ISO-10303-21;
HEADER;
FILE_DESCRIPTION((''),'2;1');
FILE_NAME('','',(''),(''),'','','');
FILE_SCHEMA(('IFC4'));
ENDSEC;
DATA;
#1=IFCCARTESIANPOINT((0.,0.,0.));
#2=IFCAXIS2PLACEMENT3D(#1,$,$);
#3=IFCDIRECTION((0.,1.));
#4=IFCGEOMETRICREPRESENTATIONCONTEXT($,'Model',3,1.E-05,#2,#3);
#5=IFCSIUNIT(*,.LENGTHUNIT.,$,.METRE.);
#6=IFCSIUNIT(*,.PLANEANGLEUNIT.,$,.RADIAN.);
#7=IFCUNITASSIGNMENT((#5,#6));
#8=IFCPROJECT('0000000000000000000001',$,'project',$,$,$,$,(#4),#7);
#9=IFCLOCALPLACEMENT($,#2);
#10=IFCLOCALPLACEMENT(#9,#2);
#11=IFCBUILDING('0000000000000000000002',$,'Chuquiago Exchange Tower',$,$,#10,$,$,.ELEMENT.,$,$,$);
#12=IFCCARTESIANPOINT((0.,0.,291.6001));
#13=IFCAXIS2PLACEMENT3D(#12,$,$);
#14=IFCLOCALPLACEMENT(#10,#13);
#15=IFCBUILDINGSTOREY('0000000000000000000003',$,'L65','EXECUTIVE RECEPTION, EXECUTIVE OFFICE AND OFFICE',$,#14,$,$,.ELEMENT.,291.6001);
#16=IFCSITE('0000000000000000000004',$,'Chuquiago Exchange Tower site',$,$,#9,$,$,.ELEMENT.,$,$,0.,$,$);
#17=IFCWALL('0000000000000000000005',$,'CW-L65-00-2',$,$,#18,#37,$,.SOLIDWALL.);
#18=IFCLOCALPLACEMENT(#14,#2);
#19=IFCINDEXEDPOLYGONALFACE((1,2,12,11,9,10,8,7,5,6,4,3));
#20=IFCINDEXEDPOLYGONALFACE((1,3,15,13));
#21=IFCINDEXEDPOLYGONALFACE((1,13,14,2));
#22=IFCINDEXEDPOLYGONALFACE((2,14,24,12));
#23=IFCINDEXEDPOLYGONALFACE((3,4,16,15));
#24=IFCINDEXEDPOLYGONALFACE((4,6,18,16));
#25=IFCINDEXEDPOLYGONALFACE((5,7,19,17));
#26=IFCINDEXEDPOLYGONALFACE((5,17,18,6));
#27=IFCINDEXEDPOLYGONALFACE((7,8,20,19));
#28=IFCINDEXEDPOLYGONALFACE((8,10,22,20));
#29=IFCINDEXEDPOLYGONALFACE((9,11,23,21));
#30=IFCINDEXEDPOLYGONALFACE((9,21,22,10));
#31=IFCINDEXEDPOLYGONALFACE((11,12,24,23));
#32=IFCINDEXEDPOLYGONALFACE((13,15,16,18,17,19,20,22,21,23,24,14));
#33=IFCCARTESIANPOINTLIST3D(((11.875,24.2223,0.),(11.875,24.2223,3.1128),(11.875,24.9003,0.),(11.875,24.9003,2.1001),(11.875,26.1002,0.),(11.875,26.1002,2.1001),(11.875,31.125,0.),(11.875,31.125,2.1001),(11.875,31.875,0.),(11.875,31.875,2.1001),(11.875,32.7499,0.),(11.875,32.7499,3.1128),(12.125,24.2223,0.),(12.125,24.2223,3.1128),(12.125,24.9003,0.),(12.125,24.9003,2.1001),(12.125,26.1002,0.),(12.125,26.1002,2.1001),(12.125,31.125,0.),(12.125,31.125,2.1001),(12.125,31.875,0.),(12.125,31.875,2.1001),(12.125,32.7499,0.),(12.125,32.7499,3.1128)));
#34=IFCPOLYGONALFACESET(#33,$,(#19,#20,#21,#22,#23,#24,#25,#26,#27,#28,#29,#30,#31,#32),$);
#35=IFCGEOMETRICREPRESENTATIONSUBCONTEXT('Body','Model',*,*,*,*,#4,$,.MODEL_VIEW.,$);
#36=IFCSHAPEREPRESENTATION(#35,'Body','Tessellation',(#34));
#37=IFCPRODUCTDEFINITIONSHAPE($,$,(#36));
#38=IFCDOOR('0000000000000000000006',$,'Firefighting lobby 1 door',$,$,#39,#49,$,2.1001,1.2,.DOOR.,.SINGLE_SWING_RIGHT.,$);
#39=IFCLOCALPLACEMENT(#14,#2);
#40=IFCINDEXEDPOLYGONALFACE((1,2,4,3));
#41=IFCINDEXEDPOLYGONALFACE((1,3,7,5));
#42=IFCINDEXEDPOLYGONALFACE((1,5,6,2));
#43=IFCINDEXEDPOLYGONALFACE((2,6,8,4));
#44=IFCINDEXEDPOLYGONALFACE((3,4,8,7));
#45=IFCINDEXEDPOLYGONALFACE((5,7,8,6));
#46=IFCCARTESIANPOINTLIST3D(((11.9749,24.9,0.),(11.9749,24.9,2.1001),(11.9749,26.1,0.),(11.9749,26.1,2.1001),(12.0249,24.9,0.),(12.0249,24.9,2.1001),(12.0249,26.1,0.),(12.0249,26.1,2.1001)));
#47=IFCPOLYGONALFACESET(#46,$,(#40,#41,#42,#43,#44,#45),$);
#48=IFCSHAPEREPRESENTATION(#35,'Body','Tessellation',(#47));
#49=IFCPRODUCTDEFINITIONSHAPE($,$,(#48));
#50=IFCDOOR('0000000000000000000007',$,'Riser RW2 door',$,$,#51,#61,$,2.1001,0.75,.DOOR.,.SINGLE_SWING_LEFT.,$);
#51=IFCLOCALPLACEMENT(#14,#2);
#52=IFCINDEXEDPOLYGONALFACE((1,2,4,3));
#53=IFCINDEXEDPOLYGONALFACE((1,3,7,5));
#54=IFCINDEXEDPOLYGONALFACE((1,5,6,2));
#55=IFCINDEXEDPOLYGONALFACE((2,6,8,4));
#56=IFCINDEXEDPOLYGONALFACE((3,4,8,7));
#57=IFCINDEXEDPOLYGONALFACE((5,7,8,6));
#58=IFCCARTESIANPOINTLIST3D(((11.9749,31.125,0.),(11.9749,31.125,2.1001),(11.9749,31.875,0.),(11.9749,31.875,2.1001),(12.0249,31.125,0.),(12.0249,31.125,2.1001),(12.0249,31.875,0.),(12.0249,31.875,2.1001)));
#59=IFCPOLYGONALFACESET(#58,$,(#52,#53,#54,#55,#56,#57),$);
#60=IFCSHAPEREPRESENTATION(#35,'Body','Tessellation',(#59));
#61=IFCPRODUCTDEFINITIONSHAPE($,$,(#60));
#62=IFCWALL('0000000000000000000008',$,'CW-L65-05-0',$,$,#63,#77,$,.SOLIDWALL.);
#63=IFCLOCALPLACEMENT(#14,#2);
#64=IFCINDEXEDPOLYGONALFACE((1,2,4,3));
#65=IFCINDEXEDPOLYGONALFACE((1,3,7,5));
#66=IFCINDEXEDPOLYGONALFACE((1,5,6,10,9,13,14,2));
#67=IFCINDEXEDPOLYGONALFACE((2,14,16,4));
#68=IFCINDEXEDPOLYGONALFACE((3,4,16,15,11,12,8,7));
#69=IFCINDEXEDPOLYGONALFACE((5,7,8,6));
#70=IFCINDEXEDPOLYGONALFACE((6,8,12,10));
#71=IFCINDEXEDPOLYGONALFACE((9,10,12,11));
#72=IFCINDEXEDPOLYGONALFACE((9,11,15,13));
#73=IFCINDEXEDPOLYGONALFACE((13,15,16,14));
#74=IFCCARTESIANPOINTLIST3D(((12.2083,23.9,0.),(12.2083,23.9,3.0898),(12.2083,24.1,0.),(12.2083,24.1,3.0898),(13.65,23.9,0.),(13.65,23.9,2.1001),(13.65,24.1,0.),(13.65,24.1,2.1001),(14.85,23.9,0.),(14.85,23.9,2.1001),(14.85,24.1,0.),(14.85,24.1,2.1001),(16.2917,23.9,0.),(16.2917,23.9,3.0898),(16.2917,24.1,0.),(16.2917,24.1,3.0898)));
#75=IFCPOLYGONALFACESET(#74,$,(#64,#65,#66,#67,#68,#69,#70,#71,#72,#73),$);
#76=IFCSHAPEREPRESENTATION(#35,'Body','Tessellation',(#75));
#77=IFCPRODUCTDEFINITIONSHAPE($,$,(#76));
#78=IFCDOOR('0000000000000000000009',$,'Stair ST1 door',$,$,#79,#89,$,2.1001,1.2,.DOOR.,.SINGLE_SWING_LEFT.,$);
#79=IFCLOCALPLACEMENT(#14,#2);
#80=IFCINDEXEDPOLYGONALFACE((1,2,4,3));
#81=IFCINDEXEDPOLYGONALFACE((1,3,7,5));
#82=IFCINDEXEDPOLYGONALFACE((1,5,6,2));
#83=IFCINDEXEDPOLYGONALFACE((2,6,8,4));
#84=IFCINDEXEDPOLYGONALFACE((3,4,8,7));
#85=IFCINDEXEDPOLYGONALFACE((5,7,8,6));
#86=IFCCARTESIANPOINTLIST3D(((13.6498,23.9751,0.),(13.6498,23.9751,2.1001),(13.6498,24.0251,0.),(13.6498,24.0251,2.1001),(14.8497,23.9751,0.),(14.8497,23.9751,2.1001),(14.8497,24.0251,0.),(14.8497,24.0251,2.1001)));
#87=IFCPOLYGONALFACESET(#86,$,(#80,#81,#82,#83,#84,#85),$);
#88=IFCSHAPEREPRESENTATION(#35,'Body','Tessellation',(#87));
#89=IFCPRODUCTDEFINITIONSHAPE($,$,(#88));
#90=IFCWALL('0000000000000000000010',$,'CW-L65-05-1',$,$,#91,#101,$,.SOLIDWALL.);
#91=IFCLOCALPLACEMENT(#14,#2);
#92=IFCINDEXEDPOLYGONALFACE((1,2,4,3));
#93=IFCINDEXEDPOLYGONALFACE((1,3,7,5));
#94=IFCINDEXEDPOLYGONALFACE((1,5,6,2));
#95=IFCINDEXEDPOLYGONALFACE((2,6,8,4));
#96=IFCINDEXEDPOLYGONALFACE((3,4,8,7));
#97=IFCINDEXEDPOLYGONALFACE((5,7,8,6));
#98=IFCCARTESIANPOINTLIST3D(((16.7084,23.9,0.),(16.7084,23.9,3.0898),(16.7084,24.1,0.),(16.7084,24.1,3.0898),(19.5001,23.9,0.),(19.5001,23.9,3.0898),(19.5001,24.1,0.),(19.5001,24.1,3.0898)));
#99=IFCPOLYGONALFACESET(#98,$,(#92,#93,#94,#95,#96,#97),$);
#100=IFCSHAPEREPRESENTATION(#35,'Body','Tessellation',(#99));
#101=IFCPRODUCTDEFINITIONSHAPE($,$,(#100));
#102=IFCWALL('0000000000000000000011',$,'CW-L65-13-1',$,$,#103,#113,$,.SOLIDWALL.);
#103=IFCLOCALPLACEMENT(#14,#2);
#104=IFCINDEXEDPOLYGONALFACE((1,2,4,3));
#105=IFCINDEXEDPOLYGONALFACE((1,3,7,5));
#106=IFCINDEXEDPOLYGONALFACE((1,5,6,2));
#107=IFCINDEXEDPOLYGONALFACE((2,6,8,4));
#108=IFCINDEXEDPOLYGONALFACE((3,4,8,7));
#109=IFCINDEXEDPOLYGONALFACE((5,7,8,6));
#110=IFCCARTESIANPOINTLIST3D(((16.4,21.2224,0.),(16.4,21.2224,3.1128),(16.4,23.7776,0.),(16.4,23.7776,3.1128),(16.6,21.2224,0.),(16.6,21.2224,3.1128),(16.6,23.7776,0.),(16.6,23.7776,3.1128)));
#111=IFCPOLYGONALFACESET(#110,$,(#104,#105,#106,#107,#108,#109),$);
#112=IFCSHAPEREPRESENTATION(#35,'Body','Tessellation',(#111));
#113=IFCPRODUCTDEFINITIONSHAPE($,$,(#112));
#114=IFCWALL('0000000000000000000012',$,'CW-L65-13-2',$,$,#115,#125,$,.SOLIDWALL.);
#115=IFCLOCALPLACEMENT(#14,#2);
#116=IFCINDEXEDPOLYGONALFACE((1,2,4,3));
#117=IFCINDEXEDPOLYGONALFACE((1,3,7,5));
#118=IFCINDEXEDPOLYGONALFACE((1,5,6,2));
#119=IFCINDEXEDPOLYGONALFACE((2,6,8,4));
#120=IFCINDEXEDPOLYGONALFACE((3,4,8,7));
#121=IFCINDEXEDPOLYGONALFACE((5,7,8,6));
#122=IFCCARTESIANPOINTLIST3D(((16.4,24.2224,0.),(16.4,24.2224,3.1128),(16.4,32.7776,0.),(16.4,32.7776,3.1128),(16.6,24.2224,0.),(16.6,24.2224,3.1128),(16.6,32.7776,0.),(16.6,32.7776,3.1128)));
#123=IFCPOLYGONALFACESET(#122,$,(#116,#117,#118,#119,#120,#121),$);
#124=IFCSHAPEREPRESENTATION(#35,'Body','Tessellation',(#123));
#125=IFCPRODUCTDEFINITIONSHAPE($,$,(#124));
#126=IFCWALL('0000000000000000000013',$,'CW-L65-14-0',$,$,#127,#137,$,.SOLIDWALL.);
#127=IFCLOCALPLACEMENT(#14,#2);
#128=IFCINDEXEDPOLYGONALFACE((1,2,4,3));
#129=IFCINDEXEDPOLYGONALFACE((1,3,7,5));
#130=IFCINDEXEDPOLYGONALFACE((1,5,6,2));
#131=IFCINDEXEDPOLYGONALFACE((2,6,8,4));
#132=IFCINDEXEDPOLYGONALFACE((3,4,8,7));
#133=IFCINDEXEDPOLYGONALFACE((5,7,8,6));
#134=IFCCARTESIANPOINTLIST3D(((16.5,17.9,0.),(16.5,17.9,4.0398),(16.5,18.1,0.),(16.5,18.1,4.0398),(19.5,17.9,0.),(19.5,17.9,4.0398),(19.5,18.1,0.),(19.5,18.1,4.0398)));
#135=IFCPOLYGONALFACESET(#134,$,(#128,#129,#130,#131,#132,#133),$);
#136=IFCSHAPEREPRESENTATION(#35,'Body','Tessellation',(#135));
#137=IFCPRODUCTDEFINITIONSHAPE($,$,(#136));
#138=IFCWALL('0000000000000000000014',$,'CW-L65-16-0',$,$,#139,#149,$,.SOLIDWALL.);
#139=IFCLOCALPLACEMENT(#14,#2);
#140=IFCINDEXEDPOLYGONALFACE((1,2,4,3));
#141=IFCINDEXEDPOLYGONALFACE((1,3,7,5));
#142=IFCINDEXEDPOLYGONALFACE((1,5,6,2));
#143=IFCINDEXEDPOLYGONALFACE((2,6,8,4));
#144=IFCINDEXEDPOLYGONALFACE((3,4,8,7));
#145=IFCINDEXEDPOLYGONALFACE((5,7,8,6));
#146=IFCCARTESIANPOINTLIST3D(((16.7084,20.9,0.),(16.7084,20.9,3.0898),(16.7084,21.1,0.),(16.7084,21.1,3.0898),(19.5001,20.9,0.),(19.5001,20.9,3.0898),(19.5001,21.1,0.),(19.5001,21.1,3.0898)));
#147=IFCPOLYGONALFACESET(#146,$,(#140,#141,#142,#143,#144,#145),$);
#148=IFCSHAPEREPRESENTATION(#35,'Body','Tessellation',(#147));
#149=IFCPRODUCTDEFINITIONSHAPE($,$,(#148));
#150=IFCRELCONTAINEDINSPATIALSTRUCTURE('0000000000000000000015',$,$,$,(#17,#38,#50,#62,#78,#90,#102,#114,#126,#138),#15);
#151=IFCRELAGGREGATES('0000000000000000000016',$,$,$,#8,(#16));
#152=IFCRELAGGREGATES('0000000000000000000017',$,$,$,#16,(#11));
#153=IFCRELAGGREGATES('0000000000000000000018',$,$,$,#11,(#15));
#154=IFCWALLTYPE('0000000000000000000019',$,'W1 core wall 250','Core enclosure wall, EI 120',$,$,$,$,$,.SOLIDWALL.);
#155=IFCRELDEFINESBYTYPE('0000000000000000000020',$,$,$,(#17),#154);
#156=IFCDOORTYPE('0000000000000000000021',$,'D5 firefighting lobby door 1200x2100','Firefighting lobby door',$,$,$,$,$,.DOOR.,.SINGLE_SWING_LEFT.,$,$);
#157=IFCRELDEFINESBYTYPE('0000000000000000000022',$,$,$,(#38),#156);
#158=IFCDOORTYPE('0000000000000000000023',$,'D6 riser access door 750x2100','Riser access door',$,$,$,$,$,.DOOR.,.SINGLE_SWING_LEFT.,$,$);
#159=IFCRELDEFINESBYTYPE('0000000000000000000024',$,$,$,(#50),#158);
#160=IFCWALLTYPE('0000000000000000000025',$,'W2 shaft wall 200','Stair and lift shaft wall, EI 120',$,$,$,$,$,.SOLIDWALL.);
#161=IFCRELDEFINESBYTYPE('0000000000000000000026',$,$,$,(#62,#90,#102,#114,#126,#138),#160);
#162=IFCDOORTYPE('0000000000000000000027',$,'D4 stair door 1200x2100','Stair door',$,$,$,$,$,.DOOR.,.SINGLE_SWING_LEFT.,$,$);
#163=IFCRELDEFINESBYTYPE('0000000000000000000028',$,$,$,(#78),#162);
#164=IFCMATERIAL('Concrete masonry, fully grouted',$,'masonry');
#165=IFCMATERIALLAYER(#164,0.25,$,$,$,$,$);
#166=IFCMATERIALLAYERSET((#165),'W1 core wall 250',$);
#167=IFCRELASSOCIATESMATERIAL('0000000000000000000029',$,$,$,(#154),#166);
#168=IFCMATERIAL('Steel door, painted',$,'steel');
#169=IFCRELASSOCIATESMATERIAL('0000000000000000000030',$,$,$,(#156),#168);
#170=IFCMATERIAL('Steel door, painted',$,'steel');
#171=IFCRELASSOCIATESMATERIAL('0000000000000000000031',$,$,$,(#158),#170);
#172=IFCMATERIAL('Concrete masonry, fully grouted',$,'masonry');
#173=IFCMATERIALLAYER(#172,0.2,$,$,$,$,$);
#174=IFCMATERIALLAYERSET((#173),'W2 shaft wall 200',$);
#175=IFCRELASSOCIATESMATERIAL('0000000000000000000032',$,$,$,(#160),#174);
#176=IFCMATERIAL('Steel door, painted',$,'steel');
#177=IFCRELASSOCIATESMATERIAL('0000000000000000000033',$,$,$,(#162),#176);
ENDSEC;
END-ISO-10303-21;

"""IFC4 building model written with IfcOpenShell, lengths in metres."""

from ifc_helpers import new_model, si_unit, direction, frame, frame_2d, origin, place, context, subcontext, project, spatial, rectangle, extrude, material, layer, layer_set, type_object, element, fill, save


model = new_model("IFC4")

# Units and contexts
model_context = context("Model", 3, precision=1e-05, world=origin(), true_north=direction((0.0, 1.0)))
body_context = subcontext(model_context, "Body", "Model", "MODEL_VIEW")
ifc_project = project(units=[si_unit("LENGTHUNIT", "METRE"), si_unit("PLANEANGLEUNIT", "RADIAN")], contexts=[model_context])

# Site, building, storey
site_placement = place(None, origin())
site = spatial("IfcSite", under=ifc_project, at=site_placement, Name="Chuquiago Exchange Tower site", CompositionType="ELEMENT", RefElevation=0.0)
building_placement = place(site_placement, origin())
building = spatial("IfcBuilding", under=site, at=building_placement, Name="Chuquiago Exchange Tower", CompositionType="ELEMENT")
storey_placement = place(building_placement, frame((0.0, 0.0, 291.6001)))
storey = spatial("IfcBuildingStorey", under=building, at=storey_placement, Name="L65", Description="EXECUTIVE RECEPTION, EXECUTIVE OFFICE AND OFFICE", CompositionType="ELEMENT", Elevation=291.6001)

# Wall, openings, doors
ifc_material_1 = material(Name="Concrete masonry, fully grouted", Category="masonry")
ifc_layer_1 = layer(ifc_material_1, 0.25)
ifc_layer_set_1 = layer_set([ifc_layer_1], Name="W1 core wall 250")
wall_type_1 = type_object("IfcWallType", Name="W1 core wall 250", Description="Core enclosure wall, EI 120", PredefinedType="SOLIDWALL", material=ifc_layer_set_1)
wall_1_placement = place(storey_placement, frame((12.0, 24.2224, 0.0), z_axis=(0.0, 0.0, 1.0), x_axis=(0.0, 1.0, 0.0)))
wall_1 = element("IfcWall", 1, at=wall_1_placement, inside=storey, type_object=wall_type_1, Name="CW-L65-00-2", PredefinedType="SOLIDWALL", context=body_context, shape_type="SweptSolid", body=[
    extrude(rectangle(XDim=8.5276, YDim=0.25, at=frame_2d((4.2637, 0.0))), origin(), (0.0, 0.0, 1.0), 3.1128),
])
opening_1_placement = place(wall_1_placement, frame((0.6777, 0.0, 0.0)))
opening_1 = element("IfcOpeningElement", 2, at=opening_1_placement, cuts=wall_1, PredefinedType="OPENING", context=body_context, shape_type="SweptSolid", body=[
    extrude(rectangle(XDim=1.2, YDim=2.1001, at=frame_2d((0.6001, 1.05))), frame((0.0, 0.135, 0.0), z_axis=(0.0, -1.0, 0.0), x_axis=(1.0, 0.0, 0.0)), (0.0, 0.0, 1.0), 0.27),
])
opening_2_placement = place(wall_1_placement, frame((6.9026, 0.0, 0.0)))
opening_2 = element("IfcOpeningElement", 3, at=opening_2_placement, cuts=wall_1, PredefinedType="OPENING", context=body_context, shape_type="SweptSolid", body=[
    extrude(rectangle(XDim=0.75, YDim=2.1001, at=frame_2d((0.375, 1.05))), frame((0.0, 0.135, 0.0), z_axis=(0.0, -1.0, 0.0), x_axis=(1.0, 0.0, 0.0)), (0.0, 0.0, 1.0), 0.27),
])
ifc_material_2 = material(Name="Steel door, painted", Category="steel")
door_type_1 = type_object("IfcDoorType", Name="D5 firefighting lobby door 1200x2100", Description="Firefighting lobby door", OperationType="SINGLE_SWING_LEFT", PredefinedType="DOOR", material=ifc_material_2)
door_1_placement = place(opening_1_placement, frame((1.2, 0.0, 0.0), z_axis=(0.0, 0.0, 1.0), x_axis=(-1.0, 0.0, 0.0)))
door_1 = element("IfcDoor", 4, at=door_1_placement, inside=storey, type_object=door_type_1, Name="Firefighting lobby 1 door", OperationType="SINGLE_SWING_RIGHT", OverallHeight=2.1001, OverallWidth=1.2, PredefinedType="DOOR", context=body_context, shape_type="SweptSolid", body=[
    extrude(rectangle(XDim=1.2, YDim=2.1001, at=frame_2d((0.6001, 1.05))), frame((0.0, 0.0249, 0.0), z_axis=(0.0, -1.0, 0.0), x_axis=(1.0, 0.0, 0.0)), (0.0, 0.0, 1.0), 0.05),
])
fill(opening_1, door_1)
ifc_material_3 = material(Name="Steel door, painted", Category="steel")
door_type_2 = type_object("IfcDoorType", Name="D6 riser access door 750x2100", Description="Riser access door", OperationType="SINGLE_SWING_LEFT", PredefinedType="DOOR", material=ifc_material_3)
door_2_placement = place(opening_2_placement, frame((0.75, 0.0, 0.0), z_axis=(0.0, 0.0, 1.0), x_axis=(-1.0, 0.0, 0.0)))
door_2 = element("IfcDoor", 5, at=door_2_placement, inside=storey, type_object=door_type_2, Name="Riser RW2 door", OperationType="SINGLE_SWING_LEFT", OverallHeight=2.1001, OverallWidth=0.75, PredefinedType="DOOR", context=body_context, shape_type="SweptSolid", body=[
    extrude(rectangle(XDim=0.75, YDim=2.1001, at=frame_2d((0.375, 1.05))), frame((0.0, 0.0249, 0.0), z_axis=(0.0, -1.0, 0.0), x_axis=(1.0, 0.0, 0.0)), (0.0, 0.0, 1.0), 0.05),
])
fill(opening_2, door_2)

# Wall, opening, door
ifc_material_4 = material(Name="Concrete masonry, fully grouted", Category="masonry")
ifc_layer_2 = layer(ifc_material_4, 0.2)
ifc_layer_set_2 = layer_set([ifc_layer_2], Name="W2 shaft wall 200")
wall_type_2 = type_object("IfcWallType", Name="W2 shaft wall 200", Description="Stair and lift shaft wall, EI 120", PredefinedType="SOLIDWALL", material=ifc_layer_set_2)
wall_2_placement = place(storey_placement, frame((12.2083, 24.0, 0.0), z_axis=(0.0, 0.0, 1.0), x_axis=(1.0, 0.0, 0.0)))
wall_2 = element("IfcWall", 6, at=wall_2_placement, inside=storey, type_object=wall_type_2, Name="CW-L65-05-0", PredefinedType="SOLIDWALL", context=body_context, shape_type="SweptSolid", body=[
    extrude(rectangle(XDim=4.0835, YDim=0.2, at=frame_2d((2.0417, 0.0))), origin(), (0.0, 0.0, 1.0), 3.0898),
])
opening_3_placement = place(wall_2_placement, frame((1.4417, 0.0, 0.0)))
opening_3 = element("IfcOpeningElement", 7, at=opening_3_placement, cuts=wall_2, PredefinedType="OPENING", context=body_context, shape_type="SweptSolid", body=[
    extrude(rectangle(XDim=1.2, YDim=2.1001, at=frame_2d((0.6001, 1.05))), frame((0.0, 0.1099, 0.0), z_axis=(0.0, -1.0, 0.0), x_axis=(1.0, 0.0, 0.0)), (0.0, 0.0, 1.0), 0.22),
])
ifc_material_5 = material(Name="Steel door, painted", Category="steel")
door_type_3 = type_object("IfcDoorType", Name="D4 stair door 1200x2100", Description="Stair door", OperationType="SINGLE_SWING_LEFT", PredefinedType="DOOR", material=ifc_material_5)
door_3_placement = place(opening_3_placement, frame((1.2, 0.0, 0.0), z_axis=(0.0, 0.0, 1.0), x_axis=(-1.0, 0.0, 0.0)))
door_3 = element("IfcDoor", 8, at=door_3_placement, inside=storey, type_object=door_type_3, Name="Stair ST1 door", OperationType="SINGLE_SWING_LEFT", OverallHeight=2.1001, OverallWidth=1.2, PredefinedType="DOOR", context=body_context, shape_type="SweptSolid", body=[
    extrude(rectangle(XDim=1.2, YDim=2.1001, at=frame_2d((0.6001, 1.05))), frame((0.0, 0.0249, 0.0), z_axis=(0.0, -1.0, 0.0), x_axis=(1.0, 0.0, 0.0)), (0.0, 0.0, 1.0), 0.05),
])
fill(opening_3, door_3)

# Walls
wall_3_placement = place(storey_placement, frame((16.7083, 24.0, 0.0), z_axis=(0.0, 0.0, 1.0), x_axis=(1.0, 0.0, 0.0)))
element("IfcWall", 9, at=wall_3_placement, inside=storey, type_object=wall_type_2, Name="CW-L65-05-1", PredefinedType="SOLIDWALL", context=body_context, shape_type="SweptSolid", body=[
    extrude(rectangle(XDim=2.7917, YDim=0.2, at=frame_2d((1.396, 0.0))), origin(), (0.0, 0.0, 1.0), 3.0898),
])
wall_4_placement = place(storey_placement, frame((16.5, 21.2224, 0.0), z_axis=(0.0, 0.0, 1.0), x_axis=(0.0, 1.0, 0.0)))
element("IfcWall", 10, at=wall_4_placement, inside=storey, type_object=wall_type_2, Name="CW-L65-13-1", PredefinedType="SOLIDWALL", context=body_context, shape_type="SweptSolid", body=[
    extrude(rectangle(XDim=2.5552, YDim=0.2, at=frame_2d((1.2776, 0.0))), origin(), (0.0, 0.0, 1.0), 3.1128),
])
wall_5_placement = place(storey_placement, frame((16.5, 24.2224, 0.0), z_axis=(0.0, 0.0, 1.0), x_axis=(0.0, 1.0, 0.0)))
element("IfcWall", 11, at=wall_5_placement, inside=storey, type_object=wall_type_2, Name="CW-L65-13-2", PredefinedType="SOLIDWALL", context=body_context, shape_type="SweptSolid", body=[
    extrude(rectangle(XDim=8.5552, YDim=0.2, at=frame_2d((4.2776, 0.0))), origin(), (0.0, 0.0, 1.0), 3.1128),
])
wall_6_placement = place(storey_placement, frame((16.5, 18.0, 0.0), z_axis=(0.0, 0.0, 1.0), x_axis=(1.0, 0.0, 0.0)))
element("IfcWall", 12, at=wall_6_placement, inside=storey, type_object=wall_type_2, Name="CW-L65-14-0", PredefinedType="SOLIDWALL", context=body_context, shape_type="SweptSolid", body=[
    extrude(rectangle(XDim=3.0, YDim=0.2, at=frame_2d((1.5, 0.0))), origin(), (0.0, 0.0, 1.0), 4.0398),
])
wall_7_placement = place(storey_placement, frame((16.7083, 21.0, 0.0), z_axis=(0.0, 0.0, 1.0), x_axis=(1.0, 0.0, 0.0)))
element("IfcWall", 13, at=wall_7_placement, inside=storey, type_object=wall_type_2, Name="CW-L65-16-0", PredefinedType="SOLIDWALL", context=body_context, shape_type="SweptSolid", body=[
    extrude(rectangle(XDim=2.7917, YDim=0.2, at=frame_2d((1.396, 0.0))), origin(), (0.0, 0.0, 1.0), 3.0898),
])

save(model, "model.ifc")
